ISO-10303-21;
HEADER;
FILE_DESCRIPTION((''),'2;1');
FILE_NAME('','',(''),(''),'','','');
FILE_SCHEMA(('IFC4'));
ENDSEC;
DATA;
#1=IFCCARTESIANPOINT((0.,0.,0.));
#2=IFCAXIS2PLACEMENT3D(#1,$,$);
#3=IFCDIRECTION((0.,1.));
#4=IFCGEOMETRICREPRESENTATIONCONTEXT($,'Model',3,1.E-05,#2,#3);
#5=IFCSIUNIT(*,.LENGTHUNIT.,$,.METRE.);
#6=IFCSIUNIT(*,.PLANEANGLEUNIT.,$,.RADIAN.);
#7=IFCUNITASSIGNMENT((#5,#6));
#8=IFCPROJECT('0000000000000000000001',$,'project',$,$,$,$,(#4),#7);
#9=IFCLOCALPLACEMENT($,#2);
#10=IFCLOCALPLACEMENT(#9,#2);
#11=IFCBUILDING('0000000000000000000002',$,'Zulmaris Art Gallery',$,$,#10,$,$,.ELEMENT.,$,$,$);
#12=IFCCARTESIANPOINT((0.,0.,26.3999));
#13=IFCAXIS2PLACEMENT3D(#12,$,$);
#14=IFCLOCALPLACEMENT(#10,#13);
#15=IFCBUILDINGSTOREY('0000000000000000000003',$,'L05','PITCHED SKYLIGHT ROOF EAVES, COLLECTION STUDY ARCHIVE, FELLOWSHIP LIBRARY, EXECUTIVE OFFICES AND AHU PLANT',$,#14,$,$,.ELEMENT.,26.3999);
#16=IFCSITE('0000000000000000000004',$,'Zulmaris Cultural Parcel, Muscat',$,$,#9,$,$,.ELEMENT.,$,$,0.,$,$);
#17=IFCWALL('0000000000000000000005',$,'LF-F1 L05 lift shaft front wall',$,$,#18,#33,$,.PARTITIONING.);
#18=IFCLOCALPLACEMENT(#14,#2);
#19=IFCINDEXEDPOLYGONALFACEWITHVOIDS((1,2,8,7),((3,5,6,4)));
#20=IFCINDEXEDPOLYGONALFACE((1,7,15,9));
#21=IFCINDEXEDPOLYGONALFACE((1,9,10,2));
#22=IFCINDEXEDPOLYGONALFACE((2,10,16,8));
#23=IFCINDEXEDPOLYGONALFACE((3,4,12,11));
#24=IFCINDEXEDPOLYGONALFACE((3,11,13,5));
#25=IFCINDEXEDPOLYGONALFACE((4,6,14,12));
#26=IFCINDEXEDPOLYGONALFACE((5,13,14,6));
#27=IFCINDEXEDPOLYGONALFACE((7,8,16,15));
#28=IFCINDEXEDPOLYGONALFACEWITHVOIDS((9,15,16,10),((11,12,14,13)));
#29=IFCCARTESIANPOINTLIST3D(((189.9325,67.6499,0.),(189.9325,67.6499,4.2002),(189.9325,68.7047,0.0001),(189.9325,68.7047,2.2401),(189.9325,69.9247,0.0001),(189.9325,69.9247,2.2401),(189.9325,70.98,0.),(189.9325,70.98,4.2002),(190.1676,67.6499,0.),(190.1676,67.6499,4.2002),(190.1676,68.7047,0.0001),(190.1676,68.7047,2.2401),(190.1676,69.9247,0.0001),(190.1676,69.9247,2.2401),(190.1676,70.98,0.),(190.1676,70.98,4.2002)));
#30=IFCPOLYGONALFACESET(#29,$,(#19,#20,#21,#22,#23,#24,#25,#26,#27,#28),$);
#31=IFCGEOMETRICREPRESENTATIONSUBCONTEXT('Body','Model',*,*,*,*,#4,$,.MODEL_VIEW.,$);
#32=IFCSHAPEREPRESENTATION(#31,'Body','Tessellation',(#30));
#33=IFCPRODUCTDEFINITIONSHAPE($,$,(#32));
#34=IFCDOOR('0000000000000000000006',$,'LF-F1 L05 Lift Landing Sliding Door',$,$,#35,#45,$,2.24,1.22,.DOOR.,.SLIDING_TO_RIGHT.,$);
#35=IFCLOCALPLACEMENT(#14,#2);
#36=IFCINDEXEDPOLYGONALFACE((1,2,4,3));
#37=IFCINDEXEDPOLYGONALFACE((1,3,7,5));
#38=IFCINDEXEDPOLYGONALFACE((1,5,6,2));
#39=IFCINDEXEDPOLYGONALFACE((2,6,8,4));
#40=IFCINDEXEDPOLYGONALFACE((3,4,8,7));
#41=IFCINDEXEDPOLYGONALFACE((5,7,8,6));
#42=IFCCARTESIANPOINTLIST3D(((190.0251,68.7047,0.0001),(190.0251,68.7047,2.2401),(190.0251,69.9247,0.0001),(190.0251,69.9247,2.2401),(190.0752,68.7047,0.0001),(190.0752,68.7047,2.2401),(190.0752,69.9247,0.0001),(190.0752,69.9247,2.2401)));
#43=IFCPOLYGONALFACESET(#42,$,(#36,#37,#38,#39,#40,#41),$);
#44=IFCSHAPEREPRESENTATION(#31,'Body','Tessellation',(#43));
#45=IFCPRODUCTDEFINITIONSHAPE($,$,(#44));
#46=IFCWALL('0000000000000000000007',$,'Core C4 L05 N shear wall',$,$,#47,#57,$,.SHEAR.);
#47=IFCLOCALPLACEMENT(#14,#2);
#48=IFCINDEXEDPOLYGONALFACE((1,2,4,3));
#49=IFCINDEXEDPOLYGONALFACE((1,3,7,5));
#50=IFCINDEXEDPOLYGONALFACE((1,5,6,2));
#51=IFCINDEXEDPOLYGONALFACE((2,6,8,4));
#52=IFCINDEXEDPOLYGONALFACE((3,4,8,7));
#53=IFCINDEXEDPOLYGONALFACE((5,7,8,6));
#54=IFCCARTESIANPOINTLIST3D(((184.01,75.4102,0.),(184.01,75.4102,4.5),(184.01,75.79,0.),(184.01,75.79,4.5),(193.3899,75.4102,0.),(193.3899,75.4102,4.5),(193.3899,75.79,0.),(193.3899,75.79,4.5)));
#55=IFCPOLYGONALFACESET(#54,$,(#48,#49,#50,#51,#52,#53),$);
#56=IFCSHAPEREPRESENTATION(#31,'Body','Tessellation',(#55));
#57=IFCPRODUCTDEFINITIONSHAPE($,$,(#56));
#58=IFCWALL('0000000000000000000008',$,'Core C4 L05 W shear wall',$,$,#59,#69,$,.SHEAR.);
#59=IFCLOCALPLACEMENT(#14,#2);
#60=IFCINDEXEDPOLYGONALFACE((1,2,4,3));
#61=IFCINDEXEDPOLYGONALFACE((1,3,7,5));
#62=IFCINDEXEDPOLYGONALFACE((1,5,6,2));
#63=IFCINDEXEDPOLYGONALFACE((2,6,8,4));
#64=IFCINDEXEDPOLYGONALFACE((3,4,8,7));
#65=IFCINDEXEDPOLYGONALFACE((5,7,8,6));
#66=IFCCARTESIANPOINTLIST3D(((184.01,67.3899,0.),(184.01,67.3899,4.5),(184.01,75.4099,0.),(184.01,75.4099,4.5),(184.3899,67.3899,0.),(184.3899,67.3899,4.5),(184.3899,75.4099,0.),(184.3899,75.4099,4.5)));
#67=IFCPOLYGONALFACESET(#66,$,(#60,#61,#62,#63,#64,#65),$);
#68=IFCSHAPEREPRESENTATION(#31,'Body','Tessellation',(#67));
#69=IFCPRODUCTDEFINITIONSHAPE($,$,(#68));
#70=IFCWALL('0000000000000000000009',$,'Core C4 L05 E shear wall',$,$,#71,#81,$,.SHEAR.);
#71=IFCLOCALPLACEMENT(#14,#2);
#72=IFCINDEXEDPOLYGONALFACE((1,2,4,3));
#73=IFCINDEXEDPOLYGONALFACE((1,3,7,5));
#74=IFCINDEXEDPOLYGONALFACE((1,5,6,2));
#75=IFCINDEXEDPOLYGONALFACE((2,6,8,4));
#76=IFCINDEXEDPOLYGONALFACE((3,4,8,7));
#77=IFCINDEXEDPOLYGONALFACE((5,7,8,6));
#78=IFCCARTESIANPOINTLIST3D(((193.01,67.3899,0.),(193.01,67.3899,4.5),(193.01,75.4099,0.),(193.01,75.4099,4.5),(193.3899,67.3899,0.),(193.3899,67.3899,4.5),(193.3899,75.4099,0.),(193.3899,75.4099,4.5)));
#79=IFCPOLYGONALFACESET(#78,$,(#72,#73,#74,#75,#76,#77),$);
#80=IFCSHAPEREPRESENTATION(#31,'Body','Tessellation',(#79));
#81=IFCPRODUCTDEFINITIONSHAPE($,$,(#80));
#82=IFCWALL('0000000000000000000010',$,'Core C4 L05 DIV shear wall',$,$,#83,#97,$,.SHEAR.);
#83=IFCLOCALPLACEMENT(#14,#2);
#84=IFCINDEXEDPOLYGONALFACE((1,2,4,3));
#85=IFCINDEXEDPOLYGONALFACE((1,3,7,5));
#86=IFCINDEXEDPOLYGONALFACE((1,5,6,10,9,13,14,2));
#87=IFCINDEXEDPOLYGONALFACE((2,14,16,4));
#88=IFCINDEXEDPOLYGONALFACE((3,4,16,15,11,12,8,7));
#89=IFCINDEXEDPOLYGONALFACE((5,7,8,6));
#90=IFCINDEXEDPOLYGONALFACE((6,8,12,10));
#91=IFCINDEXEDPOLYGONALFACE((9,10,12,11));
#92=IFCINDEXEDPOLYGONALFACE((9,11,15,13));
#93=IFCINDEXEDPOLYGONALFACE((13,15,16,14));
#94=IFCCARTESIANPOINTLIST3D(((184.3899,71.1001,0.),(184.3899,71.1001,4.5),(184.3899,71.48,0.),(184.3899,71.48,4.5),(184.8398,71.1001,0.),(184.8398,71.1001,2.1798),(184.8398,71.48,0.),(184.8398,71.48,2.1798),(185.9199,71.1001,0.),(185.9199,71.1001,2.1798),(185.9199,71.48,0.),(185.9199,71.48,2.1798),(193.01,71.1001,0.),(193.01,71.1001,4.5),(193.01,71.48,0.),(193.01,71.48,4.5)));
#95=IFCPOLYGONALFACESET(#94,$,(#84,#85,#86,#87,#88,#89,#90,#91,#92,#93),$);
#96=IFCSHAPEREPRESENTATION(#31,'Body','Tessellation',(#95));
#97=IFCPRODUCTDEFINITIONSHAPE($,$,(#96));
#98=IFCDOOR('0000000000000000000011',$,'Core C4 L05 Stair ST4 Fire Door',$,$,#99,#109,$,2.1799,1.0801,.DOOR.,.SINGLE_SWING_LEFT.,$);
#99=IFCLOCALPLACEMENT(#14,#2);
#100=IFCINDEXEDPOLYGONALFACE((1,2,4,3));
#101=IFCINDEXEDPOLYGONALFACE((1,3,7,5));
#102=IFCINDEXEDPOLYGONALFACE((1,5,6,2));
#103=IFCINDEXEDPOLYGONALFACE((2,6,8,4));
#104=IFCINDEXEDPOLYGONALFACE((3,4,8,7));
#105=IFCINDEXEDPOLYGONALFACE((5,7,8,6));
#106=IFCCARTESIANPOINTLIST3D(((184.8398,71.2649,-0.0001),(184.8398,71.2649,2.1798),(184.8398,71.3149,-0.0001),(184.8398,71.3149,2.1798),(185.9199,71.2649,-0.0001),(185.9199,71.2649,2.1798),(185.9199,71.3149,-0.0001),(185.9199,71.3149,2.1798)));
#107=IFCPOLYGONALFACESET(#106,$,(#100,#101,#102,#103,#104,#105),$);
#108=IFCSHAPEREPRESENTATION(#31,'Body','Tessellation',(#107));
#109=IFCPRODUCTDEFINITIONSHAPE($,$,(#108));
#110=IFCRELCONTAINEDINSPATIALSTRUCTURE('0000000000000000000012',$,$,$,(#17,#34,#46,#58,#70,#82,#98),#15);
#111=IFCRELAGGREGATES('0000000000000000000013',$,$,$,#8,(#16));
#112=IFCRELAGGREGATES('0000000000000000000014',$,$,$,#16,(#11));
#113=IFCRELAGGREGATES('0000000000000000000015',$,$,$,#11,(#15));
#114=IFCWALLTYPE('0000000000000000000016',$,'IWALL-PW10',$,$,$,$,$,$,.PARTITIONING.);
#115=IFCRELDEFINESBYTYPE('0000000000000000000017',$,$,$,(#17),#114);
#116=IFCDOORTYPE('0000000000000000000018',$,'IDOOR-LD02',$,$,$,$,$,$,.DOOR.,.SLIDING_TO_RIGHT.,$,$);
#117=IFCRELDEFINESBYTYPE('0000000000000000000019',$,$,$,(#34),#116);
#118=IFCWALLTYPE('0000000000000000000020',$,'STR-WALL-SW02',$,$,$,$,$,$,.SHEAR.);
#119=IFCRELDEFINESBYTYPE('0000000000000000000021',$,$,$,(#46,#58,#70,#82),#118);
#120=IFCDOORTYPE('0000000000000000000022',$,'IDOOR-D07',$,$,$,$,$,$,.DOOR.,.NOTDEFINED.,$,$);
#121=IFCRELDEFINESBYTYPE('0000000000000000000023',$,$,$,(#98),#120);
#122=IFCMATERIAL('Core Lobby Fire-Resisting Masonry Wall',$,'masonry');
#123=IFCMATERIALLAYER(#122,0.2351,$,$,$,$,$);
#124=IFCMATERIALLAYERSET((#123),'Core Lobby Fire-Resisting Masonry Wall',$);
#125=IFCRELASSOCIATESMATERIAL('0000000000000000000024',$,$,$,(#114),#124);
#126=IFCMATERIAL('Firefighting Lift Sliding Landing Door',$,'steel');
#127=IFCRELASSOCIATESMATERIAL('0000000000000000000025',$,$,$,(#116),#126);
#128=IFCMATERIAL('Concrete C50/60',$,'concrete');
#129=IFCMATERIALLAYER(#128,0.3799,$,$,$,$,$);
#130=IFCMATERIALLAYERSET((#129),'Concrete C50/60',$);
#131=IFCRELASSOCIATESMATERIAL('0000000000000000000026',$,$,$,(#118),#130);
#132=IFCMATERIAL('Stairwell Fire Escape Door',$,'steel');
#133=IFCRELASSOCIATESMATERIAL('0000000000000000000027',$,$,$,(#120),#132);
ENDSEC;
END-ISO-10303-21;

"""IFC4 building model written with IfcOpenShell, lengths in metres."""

from ifc_helpers import new_model, si_unit, direction, frame, frame_2d, origin, place, context, subcontext, project, spatial, rectangle, extrude, material, layer, layer_set, type_object, element, fill, save


model = new_model("IFC4")

# Units and contexts
model_context = context("Model", 3, precision=1e-05, world=origin(), true_north=direction((0.0, 1.0)))
body_context = subcontext(model_context, "Body", "Model", "MODEL_VIEW")
ifc_project = project(units=[si_unit("LENGTHUNIT", "METRE"), si_unit("PLANEANGLEUNIT", "RADIAN")], contexts=[model_context])

# Site, building, storey
site_placement = place(None, origin())
site = spatial("IfcSite", under=ifc_project, at=site_placement, Name="Zulmaris Cultural Parcel, Muscat", CompositionType="ELEMENT", RefElevation=0.0)
building_placement = place(site_placement, origin())
building = spatial("IfcBuilding", under=site, at=building_placement, Name="Zulmaris Art Gallery", CompositionType="ELEMENT")
storey_placement = place(building_placement, frame((0.0, 0.0, 26.3999)))
storey = spatial("IfcBuildingStorey", under=building, at=storey_placement, Name="L05", Description="PITCHED SKYLIGHT ROOF EAVES, COLLECTION STUDY ARCHIVE, FELLOWSHIP LIBRARY, EXECUTIVE OFFICES AND AHU PLANT", CompositionType="ELEMENT", Elevation=26.3999)

# Wall, opening, door
ifc_material_1 = material(Name="Core Lobby Fire-Resisting Masonry Wall", Category="masonry")
ifc_layer_1 = layer(ifc_material_1, 0.2351)
ifc_layer_set_1 = layer_set([ifc_layer_1], Name="Core Lobby Fire-Resisting Masonry Wall")
wall_type_1 = type_object("IfcWallType", Name="IWALL-PW10", PredefinedType="PARTITIONING", material=ifc_layer_set_1)
wall_1_placement = place(storey_placement, frame((190.05, 67.6499, 0.0), z_axis=(0.0, 0.0, 1.0), x_axis=(0.0, 1.0, 0.0)))
wall_1 = element("IfcWall", 1, at=wall_1_placement, inside=storey, type_object=wall_type_1, Name="LF-F1 L05 lift shaft front wall", PredefinedType="PARTITIONING", context=body_context, shape_type="SweptSolid", body=[
    extrude(rectangle(XDim=3.3301, YDim=0.2351, at=frame_2d((1.665, 0.0))), origin(), (0.0, 0.0, 1.0), 4.2002),
])
opening_1_placement = place(wall_1_placement, frame((1.0549, 0.0, 0.0)))
opening_1 = element("IfcOpeningElement", 2, at=opening_1_placement, cuts=wall_1, PredefinedType="OPENING", context=body_context, shape_type="SweptSolid", body=[
    extrude(rectangle(XDim=1.22, YDim=2.24, at=frame_2d((0.6099, 1.1201))), frame((0.0, 0.1274, 0.0), z_axis=(0.0, -1.0, 0.0), x_axis=(1.0, 0.0, 0.0)), (0.0, 0.0, 1.0), 0.2551),
])
ifc_material_2 = material(Name="Firefighting Lift Sliding Landing Door", Category="steel")
door_type_1 = type_object("IfcDoorType", Name="IDOOR-LD02", OperationType="SLIDING_TO_RIGHT", PredefinedType="DOOR", material=ifc_material_2)
door_1_placement = place(opening_1_placement, origin())
door_1 = element("IfcDoor", 3, at=door_1_placement, inside=storey, type_object=door_type_1, Name="LF-F1 L05 Lift Landing Sliding Door", OperationType="SLIDING_TO_RIGHT", OverallHeight=2.24, OverallWidth=1.22, PredefinedType="DOOR", context=body_context, shape_type="SweptSolid", body=[
    extrude(rectangle(XDim=1.22, YDim=2.24, at=frame_2d((0.6099, 1.1201))), frame((0.0, 0.0249, 0.0), z_axis=(0.0, -1.0, 0.0), x_axis=(1.0, 0.0, 0.0)), (0.0, 0.0, 1.0), 0.05),
])
fill(opening_1, door_1)

# Walls
ifc_material_3 = material(Name="Concrete C50/60", Category="concrete")
ifc_layer_2 = layer(ifc_material_3, 0.3799)
ifc_layer_set_2 = layer_set([ifc_layer_2], Name="Concrete C50/60")
wall_type_2 = type_object("IfcWallType", Name="STR-WALL-SW02", PredefinedType="SHEAR", material=ifc_layer_set_2)
wall_2_placement = place(storey_placement, frame((184.01, 75.6001, 0.0), z_axis=(0.0, 0.0, 1.0), x_axis=(1.0, 0.0, 0.0)))
element("IfcWall", 4, at=wall_2_placement, inside=storey, type_object=wall_type_2, Name="Core C4 L05 N shear wall", PredefinedType="SHEAR", context=body_context, shape_type="SweptSolid", body=[
    extrude(rectangle(XDim=9.3799, YDim=0.3799, at=frame_2d((4.6899, 0.0))), origin(), (0.0, 0.0, 1.0), 4.5),
])
for number, where, z_axis, x_axis, name in (
    (5, (184.2, 67.3899, 0.0), (0.0, 0.0, 1.0), (0.0, 1.0, 0.0), "Core C4 L05 W shear wall"),
    (6, (193.2, 67.3899, 0.0), (0.0, 0.0, 1.0), (0.0, 1.0, 0.0), "Core C4 L05 E shear wall"),
):
    element("IfcWall", number, at=place(storey_placement, frame(where, z_axis=z_axis, x_axis=x_axis)), inside=storey, type_object=wall_type_2, Name=name, PredefinedType="SHEAR", context=body_context, shape_type="SweptSolid", body=[
        extrude(rectangle(XDim=8.02, YDim=0.3799, at=frame_2d((4.01, 0.0))), origin(), (0.0, 0.0, 1.0), 4.5),
    ])

# Wall, opening, door
wall_3_placement = place(storey_placement, frame((184.3899, 71.29, 0.0), z_axis=(0.0, 0.0, 1.0), x_axis=(1.0, 0.0, 0.0)))
wall_3 = element("IfcWall", 7, at=wall_3_placement, inside=storey, type_object=wall_type_2, Name="Core C4 L05 DIV shear wall", PredefinedType="SHEAR", context=body_context, shape_type="SweptSolid", body=[
    extrude(rectangle(XDim=8.6201, YDim=0.3799, at=frame_2d((4.3101, 0.0))), origin(), (0.0, 0.0, 1.0), 4.5),
])
opening_2_placement = place(wall_3_placement, frame((0.45, 0.0, 0.0)))
opening_2 = element("IfcOpeningElement", 8, at=opening_2_placement, cuts=wall_3, PredefinedType="OPENING", context=body_context, shape_type="SweptSolid", body=[
    extrude(rectangle(XDim=1.0801, YDim=2.1799, at=frame_2d((0.54, 1.0898))), frame((0.0, 0.2, 0.0), z_axis=(0.0, -1.0, 0.0), x_axis=(1.0, 0.0, 0.0)), (0.0, 0.0, 1.0), 0.3999),
])
ifc_material_4 = material(Name="Stairwell Fire Escape Door", Category="steel")
door_type_2 = type_object("IfcDoorType", Name="IDOOR-D07", OperationType="NOTDEFINED", PredefinedType="DOOR", material=ifc_material_4)
door_2_placement = place(opening_2_placement, origin())
door_2 = element("IfcDoor", 9, at=door_2_placement, inside=storey, type_object=door_type_2, Name="Core C4 L05 Stair ST4 Fire Door", OperationType="SINGLE_SWING_LEFT", OverallHeight=2.1799, OverallWidth=1.0801, PredefinedType="DOOR", context=body_context, shape_type="SweptSolid", body=[
    extrude(rectangle(XDim=1.0801, YDim=2.1799, at=frame_2d((0.54, 1.0898))), frame((0.0, 0.0249, 0.0), z_axis=(0.0, -1.0, 0.0), x_axis=(1.0, 0.0, 0.0)), (0.0, 0.0, 1.0), 0.05),
])
fill(opening_2, door_2)

save(model, "model.ifc")
